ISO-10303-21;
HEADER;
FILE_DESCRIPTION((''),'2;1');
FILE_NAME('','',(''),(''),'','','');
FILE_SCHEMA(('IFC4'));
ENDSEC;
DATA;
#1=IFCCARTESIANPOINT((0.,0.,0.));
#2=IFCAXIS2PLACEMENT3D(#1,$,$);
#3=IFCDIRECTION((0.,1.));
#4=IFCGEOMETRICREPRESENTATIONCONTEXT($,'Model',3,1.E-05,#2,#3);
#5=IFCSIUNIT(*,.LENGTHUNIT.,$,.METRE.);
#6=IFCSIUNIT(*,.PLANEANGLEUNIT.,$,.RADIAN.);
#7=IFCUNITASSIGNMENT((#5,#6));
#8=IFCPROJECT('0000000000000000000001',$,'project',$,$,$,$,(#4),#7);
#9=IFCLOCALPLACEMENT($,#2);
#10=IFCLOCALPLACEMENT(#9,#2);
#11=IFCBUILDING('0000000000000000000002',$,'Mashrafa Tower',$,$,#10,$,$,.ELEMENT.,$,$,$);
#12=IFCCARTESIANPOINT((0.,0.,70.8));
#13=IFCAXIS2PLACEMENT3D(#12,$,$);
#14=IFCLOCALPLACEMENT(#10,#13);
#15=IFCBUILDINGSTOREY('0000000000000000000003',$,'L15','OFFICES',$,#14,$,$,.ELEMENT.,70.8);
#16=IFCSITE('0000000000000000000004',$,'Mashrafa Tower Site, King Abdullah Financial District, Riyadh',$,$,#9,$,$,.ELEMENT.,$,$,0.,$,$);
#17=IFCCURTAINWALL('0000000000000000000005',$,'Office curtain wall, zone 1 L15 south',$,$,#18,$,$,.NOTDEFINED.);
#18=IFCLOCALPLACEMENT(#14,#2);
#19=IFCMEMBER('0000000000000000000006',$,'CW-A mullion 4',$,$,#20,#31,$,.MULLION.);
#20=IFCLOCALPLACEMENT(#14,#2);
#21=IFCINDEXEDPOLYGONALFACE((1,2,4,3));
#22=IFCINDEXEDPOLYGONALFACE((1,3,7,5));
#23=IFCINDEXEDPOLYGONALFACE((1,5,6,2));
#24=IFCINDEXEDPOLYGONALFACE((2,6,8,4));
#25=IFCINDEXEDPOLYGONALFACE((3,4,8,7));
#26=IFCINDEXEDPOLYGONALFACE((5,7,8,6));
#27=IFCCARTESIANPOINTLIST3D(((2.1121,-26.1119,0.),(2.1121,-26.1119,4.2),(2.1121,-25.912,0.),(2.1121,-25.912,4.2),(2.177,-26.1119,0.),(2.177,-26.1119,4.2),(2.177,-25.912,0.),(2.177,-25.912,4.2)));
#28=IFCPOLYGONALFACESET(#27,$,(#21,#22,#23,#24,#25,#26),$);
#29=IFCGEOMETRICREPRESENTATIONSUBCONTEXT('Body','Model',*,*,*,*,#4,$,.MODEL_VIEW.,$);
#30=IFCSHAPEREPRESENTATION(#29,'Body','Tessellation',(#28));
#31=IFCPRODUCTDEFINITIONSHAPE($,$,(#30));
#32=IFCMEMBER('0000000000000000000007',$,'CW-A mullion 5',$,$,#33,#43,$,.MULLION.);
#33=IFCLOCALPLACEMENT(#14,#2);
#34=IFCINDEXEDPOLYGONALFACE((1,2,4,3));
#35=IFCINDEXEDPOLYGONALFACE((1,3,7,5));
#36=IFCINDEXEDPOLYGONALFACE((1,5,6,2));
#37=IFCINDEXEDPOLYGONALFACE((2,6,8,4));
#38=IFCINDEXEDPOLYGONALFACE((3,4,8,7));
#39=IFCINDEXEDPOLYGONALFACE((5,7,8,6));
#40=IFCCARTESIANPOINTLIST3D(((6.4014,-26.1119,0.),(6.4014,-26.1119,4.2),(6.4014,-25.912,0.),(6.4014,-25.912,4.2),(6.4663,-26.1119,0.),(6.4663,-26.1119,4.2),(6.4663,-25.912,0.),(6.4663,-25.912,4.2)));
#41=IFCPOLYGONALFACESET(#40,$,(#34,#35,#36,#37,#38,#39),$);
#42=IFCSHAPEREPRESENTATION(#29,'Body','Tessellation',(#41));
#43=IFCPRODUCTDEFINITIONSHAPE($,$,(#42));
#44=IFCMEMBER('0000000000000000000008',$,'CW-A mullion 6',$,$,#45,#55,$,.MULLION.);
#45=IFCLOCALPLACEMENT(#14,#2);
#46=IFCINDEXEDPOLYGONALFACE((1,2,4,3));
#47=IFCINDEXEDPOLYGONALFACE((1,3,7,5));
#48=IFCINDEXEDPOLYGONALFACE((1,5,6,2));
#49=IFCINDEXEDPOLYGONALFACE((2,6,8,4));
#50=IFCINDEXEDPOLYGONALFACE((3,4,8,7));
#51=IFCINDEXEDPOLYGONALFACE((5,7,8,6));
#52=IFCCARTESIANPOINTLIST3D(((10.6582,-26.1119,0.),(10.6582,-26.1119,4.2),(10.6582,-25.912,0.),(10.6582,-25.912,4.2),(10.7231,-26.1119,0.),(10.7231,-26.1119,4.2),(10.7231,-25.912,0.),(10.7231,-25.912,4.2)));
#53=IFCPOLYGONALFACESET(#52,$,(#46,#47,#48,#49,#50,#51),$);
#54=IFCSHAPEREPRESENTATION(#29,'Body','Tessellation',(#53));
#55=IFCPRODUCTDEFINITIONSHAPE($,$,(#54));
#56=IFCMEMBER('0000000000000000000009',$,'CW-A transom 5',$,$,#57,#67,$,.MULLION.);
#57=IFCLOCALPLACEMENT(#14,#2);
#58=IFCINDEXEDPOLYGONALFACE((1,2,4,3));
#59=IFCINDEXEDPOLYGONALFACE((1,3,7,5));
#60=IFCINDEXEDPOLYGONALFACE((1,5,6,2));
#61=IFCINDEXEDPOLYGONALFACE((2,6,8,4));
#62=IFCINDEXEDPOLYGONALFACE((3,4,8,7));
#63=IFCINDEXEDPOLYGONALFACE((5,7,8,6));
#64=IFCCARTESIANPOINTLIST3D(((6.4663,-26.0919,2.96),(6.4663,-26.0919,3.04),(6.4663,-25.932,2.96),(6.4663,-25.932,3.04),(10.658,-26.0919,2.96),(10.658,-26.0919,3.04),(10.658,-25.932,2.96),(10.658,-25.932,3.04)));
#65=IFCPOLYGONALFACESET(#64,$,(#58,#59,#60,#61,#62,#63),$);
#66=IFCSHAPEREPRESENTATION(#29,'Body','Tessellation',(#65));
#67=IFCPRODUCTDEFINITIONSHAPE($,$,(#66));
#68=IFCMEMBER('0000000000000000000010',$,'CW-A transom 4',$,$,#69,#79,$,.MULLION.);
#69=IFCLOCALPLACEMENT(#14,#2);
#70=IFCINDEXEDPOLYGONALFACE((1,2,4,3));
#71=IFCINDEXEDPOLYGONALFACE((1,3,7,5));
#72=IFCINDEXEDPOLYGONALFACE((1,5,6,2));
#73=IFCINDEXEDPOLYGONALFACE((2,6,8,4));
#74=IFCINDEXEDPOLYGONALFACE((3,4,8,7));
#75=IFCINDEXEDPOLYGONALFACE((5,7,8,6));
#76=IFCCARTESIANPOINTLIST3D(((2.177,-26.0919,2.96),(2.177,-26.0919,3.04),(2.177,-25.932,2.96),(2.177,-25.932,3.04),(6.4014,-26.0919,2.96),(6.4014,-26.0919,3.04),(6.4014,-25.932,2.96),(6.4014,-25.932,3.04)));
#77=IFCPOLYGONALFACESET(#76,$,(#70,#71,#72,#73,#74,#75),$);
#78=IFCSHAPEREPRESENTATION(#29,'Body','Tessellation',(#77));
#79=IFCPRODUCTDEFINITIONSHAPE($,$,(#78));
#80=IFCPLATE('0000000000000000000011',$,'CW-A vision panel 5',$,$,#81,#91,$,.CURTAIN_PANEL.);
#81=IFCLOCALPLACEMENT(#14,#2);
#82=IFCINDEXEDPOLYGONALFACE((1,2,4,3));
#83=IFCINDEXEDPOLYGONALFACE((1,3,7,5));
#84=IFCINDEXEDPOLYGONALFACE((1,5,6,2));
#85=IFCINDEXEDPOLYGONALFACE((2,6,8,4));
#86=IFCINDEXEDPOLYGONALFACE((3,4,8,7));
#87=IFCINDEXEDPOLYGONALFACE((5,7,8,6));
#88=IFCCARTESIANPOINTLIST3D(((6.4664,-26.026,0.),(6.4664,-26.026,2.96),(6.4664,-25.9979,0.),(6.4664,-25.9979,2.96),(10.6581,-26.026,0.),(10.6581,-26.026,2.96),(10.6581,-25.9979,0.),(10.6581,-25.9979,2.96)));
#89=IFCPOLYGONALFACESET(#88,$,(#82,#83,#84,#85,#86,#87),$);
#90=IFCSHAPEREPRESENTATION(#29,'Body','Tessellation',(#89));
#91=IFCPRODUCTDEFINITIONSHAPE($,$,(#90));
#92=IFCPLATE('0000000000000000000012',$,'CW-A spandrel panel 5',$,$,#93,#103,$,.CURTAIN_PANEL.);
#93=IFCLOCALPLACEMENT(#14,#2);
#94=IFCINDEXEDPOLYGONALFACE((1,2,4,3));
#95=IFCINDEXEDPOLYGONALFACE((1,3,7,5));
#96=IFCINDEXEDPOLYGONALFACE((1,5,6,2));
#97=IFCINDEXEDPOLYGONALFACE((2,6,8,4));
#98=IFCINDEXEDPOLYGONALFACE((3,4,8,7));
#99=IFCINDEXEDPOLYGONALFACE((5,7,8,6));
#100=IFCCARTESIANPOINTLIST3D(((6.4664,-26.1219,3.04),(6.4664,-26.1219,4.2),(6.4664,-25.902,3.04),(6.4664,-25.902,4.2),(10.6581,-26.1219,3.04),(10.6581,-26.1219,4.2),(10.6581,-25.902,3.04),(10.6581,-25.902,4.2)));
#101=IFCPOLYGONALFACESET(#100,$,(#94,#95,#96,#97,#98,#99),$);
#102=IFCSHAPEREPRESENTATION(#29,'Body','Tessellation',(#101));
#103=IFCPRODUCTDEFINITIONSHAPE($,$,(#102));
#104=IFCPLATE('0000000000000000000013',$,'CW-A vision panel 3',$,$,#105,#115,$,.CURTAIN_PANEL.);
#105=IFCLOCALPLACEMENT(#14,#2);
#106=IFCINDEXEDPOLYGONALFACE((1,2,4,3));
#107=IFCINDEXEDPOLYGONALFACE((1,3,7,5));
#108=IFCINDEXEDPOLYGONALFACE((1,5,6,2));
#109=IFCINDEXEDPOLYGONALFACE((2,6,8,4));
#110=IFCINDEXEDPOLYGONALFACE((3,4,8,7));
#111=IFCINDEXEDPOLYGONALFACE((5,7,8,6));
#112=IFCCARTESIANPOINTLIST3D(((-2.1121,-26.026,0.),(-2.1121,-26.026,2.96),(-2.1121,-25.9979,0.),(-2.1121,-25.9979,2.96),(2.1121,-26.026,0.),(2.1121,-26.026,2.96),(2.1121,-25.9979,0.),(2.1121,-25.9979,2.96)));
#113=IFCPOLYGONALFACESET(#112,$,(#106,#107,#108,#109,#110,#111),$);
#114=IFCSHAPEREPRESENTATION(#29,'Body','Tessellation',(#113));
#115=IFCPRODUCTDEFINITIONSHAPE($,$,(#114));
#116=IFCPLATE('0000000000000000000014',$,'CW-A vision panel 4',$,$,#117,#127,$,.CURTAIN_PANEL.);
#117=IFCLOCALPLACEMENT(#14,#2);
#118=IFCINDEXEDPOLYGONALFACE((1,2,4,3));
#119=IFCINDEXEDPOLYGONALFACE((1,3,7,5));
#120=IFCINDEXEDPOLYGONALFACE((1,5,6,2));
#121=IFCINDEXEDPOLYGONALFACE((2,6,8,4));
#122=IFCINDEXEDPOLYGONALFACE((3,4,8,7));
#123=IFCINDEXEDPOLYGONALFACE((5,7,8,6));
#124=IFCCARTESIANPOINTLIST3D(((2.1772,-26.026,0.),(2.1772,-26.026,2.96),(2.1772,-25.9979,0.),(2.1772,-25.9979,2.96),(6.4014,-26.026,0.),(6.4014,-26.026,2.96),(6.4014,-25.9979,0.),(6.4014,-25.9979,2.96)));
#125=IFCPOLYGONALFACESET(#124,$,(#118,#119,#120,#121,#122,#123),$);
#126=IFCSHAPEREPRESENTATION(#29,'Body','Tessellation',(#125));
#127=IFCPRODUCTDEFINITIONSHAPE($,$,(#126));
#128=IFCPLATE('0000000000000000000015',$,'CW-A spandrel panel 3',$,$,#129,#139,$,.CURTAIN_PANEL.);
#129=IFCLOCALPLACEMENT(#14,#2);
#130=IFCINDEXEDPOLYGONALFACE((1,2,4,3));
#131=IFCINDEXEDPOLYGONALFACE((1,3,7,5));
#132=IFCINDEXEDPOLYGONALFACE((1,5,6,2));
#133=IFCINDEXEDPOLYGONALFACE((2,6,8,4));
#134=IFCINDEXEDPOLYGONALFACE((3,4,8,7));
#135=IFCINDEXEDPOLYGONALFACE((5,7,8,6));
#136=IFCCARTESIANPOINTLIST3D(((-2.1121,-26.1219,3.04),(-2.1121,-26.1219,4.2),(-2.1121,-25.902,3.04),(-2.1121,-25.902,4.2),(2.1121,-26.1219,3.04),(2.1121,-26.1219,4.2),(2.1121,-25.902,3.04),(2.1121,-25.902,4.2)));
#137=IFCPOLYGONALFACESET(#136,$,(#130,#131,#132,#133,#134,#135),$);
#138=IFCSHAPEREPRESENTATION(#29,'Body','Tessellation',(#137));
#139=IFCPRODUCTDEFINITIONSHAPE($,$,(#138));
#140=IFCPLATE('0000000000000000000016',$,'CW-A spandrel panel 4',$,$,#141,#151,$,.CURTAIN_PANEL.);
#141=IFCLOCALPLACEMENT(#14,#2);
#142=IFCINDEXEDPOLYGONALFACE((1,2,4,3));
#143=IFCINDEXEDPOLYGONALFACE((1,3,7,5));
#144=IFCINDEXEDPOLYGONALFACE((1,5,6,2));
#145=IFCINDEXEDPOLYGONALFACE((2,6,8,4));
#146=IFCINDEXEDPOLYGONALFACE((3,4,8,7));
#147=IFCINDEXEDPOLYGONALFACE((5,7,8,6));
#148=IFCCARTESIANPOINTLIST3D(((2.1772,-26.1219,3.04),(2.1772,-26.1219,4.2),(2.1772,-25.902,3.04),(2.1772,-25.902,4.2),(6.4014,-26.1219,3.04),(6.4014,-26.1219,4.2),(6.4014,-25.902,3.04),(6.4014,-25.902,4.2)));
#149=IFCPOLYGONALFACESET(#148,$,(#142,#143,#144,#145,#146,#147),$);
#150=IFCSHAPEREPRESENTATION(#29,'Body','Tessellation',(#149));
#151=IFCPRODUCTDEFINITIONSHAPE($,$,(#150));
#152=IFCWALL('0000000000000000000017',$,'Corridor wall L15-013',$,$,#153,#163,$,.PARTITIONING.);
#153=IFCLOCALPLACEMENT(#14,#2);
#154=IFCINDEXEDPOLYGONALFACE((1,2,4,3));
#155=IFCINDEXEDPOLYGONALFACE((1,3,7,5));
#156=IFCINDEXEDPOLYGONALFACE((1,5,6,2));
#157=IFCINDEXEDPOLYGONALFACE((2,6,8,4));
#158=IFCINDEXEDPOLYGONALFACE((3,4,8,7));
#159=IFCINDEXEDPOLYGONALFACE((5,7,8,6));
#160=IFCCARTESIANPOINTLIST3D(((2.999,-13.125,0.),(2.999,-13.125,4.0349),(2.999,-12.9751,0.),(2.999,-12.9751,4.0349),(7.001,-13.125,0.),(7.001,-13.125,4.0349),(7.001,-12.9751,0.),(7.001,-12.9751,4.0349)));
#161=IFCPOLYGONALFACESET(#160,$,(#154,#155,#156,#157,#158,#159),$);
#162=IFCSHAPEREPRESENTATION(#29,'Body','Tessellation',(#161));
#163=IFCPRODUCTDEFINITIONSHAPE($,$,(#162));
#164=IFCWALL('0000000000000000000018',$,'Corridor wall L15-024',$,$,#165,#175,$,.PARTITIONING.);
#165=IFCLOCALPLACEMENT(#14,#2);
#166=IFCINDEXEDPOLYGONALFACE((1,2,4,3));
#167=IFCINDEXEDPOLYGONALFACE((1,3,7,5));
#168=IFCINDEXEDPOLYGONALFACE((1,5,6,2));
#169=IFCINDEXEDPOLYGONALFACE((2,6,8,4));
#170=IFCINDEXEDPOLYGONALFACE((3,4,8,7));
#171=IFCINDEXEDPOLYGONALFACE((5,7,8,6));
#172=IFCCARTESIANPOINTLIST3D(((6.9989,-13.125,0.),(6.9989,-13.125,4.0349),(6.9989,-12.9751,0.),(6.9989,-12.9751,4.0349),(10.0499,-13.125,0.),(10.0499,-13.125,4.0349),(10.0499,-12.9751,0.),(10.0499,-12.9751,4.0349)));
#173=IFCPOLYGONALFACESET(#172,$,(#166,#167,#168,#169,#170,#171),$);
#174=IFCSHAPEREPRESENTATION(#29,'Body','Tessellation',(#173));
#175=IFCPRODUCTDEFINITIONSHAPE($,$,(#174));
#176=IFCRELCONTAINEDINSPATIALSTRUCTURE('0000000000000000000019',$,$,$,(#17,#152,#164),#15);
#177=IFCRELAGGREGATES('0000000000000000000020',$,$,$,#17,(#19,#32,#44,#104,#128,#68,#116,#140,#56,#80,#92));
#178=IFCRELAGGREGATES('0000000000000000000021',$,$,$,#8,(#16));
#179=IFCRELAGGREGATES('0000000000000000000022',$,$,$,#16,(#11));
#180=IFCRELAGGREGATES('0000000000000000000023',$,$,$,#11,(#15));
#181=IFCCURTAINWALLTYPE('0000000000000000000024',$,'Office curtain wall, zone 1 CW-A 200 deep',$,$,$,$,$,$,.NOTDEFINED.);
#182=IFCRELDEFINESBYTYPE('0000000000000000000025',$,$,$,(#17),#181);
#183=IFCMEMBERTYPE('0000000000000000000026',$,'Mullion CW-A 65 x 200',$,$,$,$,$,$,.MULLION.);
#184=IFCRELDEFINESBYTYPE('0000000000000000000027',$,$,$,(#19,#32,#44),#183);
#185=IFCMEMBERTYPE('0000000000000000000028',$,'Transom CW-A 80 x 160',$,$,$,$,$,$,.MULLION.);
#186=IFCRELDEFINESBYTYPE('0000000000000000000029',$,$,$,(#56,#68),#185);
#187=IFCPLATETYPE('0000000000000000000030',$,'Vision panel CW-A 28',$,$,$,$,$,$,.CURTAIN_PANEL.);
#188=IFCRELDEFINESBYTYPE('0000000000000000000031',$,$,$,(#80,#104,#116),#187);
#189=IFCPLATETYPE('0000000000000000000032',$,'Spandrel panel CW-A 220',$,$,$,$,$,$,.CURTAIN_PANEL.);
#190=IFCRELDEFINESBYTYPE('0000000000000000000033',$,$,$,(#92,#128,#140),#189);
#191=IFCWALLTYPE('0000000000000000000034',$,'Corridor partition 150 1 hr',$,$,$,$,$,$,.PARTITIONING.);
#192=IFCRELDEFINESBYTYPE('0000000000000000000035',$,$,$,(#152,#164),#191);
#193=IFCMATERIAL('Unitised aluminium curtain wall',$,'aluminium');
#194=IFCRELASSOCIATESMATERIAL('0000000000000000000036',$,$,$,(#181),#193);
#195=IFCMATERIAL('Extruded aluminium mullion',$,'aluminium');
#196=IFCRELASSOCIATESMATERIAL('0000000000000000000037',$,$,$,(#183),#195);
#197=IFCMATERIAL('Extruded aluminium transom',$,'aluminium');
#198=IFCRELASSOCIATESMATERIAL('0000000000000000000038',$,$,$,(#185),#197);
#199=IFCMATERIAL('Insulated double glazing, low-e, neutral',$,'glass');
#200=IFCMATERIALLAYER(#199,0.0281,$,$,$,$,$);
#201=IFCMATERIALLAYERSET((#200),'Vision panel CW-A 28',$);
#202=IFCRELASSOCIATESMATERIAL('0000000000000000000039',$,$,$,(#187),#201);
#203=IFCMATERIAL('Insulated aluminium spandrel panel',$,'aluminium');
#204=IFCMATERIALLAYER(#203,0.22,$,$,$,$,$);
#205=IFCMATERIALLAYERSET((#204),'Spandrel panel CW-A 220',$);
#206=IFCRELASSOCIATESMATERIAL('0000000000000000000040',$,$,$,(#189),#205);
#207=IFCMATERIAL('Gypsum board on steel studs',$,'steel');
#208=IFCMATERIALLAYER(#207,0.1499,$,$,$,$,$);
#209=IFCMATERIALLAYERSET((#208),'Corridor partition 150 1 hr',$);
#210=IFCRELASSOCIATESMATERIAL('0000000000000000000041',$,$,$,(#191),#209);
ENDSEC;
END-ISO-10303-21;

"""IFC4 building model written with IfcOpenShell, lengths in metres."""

from ifc_helpers import new_model, si_unit, direction, frame, frame_2d, origin, origin_2d, place, context, subcontext, project, spatial, rectangle, extrude, source, transform, mapped, material, layer, layer_set, material_profile, profile_set, type_object, type_shapes, element, aggregate, save


model = new_model("IFC4")

# Units and contexts
model_context = context("Model", 3, precision=1e-05, world=origin(), true_north=direction((0.0, 1.0)))
body_context = subcontext(model_context, "Body", "Model", "MODEL_VIEW")
ifc_project = project(units=[si_unit("LENGTHUNIT", "METRE"), si_unit("PLANEANGLEUNIT", "RADIAN")], contexts=[model_context])

# Site, building, storey
site_placement = place(None, origin())
site = spatial("IfcSite", under=ifc_project, at=site_placement, Name="Mashrafa Tower Site, King Abdullah Financial District, Riyadh", CompositionType="ELEMENT", RefElevation=0.0)
building_placement = place(site_placement, origin())
building = spatial("IfcBuilding", under=site, at=building_placement, Name="Mashrafa Tower", CompositionType="ELEMENT")
storey_placement = place(building_placement, frame((0.0, 0.0, 70.8)))
storey = spatial("IfcBuildingStorey", under=building, at=storey_placement, Name="L15", Description="OFFICES", CompositionType="ELEMENT", Elevation=70.8)

# Curtain wall, members, plates
ifc_material_1 = material(Name="Unitised aluminium curtain wall", Category="aluminium")
curtain_wall_type = type_object("IfcCurtainWallType", Name="Office curtain wall, zone 1 CW-A 200 deep", PredefinedType="NOTDEFINED", material=ifc_material_1)
curtain_wall_placement = place(storey_placement, origin())
curtain_wall = element("IfcCurtainWall", 1, at=curtain_wall_placement, inside=storey, type_object=curtain_wall_type, Name="Office curtain wall, zone 1 L15 south", PredefinedType="NOTDEFINED")
ifc_material_2 = material(Name="Extruded aluminium mullion", Category="aluminium")
ifc_material_profile_1 = material_profile(ifc_material_2, rectangle(XDim=0.2, YDim=0.0649, at=origin_2d()), Name="Mullion 65x200")
ifc_profile_set_1 = profile_set([ifc_material_profile_1], Name="Extruded aluminium mullion")
member_type_1 = type_object("IfcMemberType", Name="Mullion CW-A 65 x 200", PredefinedType="MULLION", material=ifc_profile_set_1)
shared_shape_1 = source(origin(), body_context, "Body", "SweptSolid", [
    extrude(rectangle(XDim=0.2, YDim=0.0649, at=origin_2d()), origin(), (0.0, 0.0, 1.0), 4.2),
])
type_shapes(member_type_1, [shared_shape_1])
member_1_placement = place(storey_placement, frame((2.1445, -26.012, 0.0), z_axis=(0.0, 0.0, 1.0), x_axis=(0.0, 1.0, 0.0)))
member_1 = element("IfcMember", 2, at=member_1_placement, type_object=member_type_1, Name="CW-A mullion 4", PredefinedType="MULLION", context=body_context, shape_type="MappedRepresentation", body=[
    mapped(shared_shape_1, transform((0.0, 0.0, 0.0))),
])
member_2_placement = place(storey_placement, frame((6.4338, -26.012, 0.0), z_axis=(0.0, 0.0, 1.0), x_axis=(0.0, 1.0, 0.0)))
member_2 = element("IfcMember", 3, at=member_2_placement, type_object=member_type_1, Name="CW-A mullion 5", PredefinedType="MULLION", context=body_context, shape_type="MappedRepresentation", body=[
    mapped(shared_shape_1, transform((0.0, 0.0, 0.0))),
])
member_3_placement = place(storey_placement, frame((10.6907, -26.012, 0.0), z_axis=(0.0, 0.0, 1.0), x_axis=(0.0, 1.0, 0.0)))
member_3 = element("IfcMember", 4, at=member_3_placement, type_object=member_type_1, Name="CW-A mullion 6", PredefinedType="MULLION", context=body_context, shape_type="MappedRepresentation", body=[
    mapped(shared_shape_1, transform((0.0, 0.0, 0.0))),
])
ifc_material_3 = material(Name="Extruded aluminium transom", Category="aluminium")
ifc_material_profile_2 = material_profile(ifc_material_3, rectangle(XDim=0.1599, YDim=0.0801, at=origin_2d()), Name="Transom 80x160")
ifc_profile_set_2 = profile_set([ifc_material_profile_2], Name="Extruded aluminium transom")
member_type_2 = type_object("IfcMemberType", Name="Transom CW-A 80 x 160", PredefinedType="MULLION", material=ifc_profile_set_2)
shared_shape_2 = source(origin(), body_context, "Body", "SweptSolid", [
    extrude(rectangle(XDim=0.1599, YDim=0.0801, at=origin_2d()), origin(), (0.0, 0.0, 1.0), 4.1917),
])
member_4_placement = place(storey_placement, frame((6.4663, -26.012, 3.0), z_axis=(1.0, 0.0, 0.0), x_axis=(0.0, 1.0, 0.0)))
member_4 = element("IfcMember", 5, at=member_4_placement, type_object=member_type_2, Name="CW-A transom 5", PredefinedType="MULLION", context=body_context, shape_type="MappedRepresentation", body=[
    mapped(shared_shape_2, transform((0.0, 0.0, 0.0))),
])
shared_shape_3 = source(origin(), body_context, "Body", "SweptSolid", [
    extrude(rectangle(XDim=0.1599, YDim=0.0801, at=origin_2d()), origin(), (0.0, 0.0, 1.0), 4.2244),
])
type_shapes(member_type_2, [shared_shape_2, shared_shape_3])
member_5_placement = place(storey_placement, frame((2.177, -26.012, 3.0), z_axis=(1.0, 0.0, 0.0), x_axis=(0.0, 1.0, 0.0)))
member_5 = element("IfcMember", 6, at=member_5_placement, type_object=member_type_2, Name="CW-A transom 4", PredefinedType="MULLION", context=body_context, shape_type="MappedRepresentation", body=[
    mapped(shared_shape_3, transform((0.0, 0.0, 0.0))),
])
ifc_material_4 = material(Name="Insulated double glazing, low-e, neutral", Category="glass")
ifc_layer_1 = layer(ifc_material_4, 0.0281)
ifc_layer_set_1 = layer_set([ifc_layer_1], Name="Vision panel CW-A 28")
plate_type_1 = type_object("IfcPlateType", Name="Vision panel CW-A 28", PredefinedType="CURTAIN_PANEL", material=ifc_layer_set_1)
shared_shape_4 = source(origin(), body_context, "Body", "SweptSolid", [
    extrude(rectangle(XDim=4.1917, YDim=0.0281, at=origin_2d()), origin(), (0.0, 0.0, 1.0), 2.96),
])
plate_1_placement = place(storey_placement, frame((8.5623, -26.012, 0.0), z_axis=(0.0, 0.0, 1.0), x_axis=(1.0, 0.0, 0.0)))
plate_1 = element("IfcPlate", 7, at=plate_1_placement, type_object=plate_type_1, Name="CW-A vision panel 5", PredefinedType="CURTAIN_PANEL", context=body_context, shape_type="MappedRepresentation", body=[
    mapped(shared_shape_4, transform((0.0, 0.0, 0.0))),
])
ifc_material_5 = material(Name="Insulated aluminium spandrel panel", Category="aluminium")
ifc_layer_2 = layer(ifc_material_5, 0.22)
ifc_layer_set_2 = layer_set([ifc_layer_2], Name="Spandrel panel CW-A 220")
plate_type_2 = type_object("IfcPlateType", Name="Spandrel panel CW-A 220", PredefinedType="CURTAIN_PANEL", material=ifc_layer_set_2)
shared_shape_5 = source(origin(), body_context, "Body", "SweptSolid", [
    extrude(rectangle(XDim=4.1917, YDim=0.22, at=origin_2d()), origin(), (0.0, 0.0, 1.0), 1.1599),
])
plate_2_placement = place(storey_placement, frame((8.5623, -26.012, 3.04), z_axis=(0.0, 0.0, 1.0), x_axis=(1.0, 0.0, 0.0)))
plate_2 = element("IfcPlate", 8, at=plate_2_placement, type_object=plate_type_2, Name="CW-A spandrel panel 5", PredefinedType="CURTAIN_PANEL", context=body_context, shape_type="MappedRepresentation", body=[
    mapped(shared_shape_5, transform((0.0, 0.0, 0.0))),
])
shared_shape_6 = source(origin(), body_context, "Body", "SweptSolid", [
    extrude(rectangle(XDim=4.2241, YDim=0.0281, at=origin_2d()), origin(), (0.0, 0.0, 1.0), 2.96),
])
type_shapes(plate_type_1, [shared_shape_4, shared_shape_6])
plate_3_placement = place(storey_placement, frame((0.0, -26.012, 0.0), z_axis=(0.0, 0.0, 1.0), x_axis=(1.0, 0.0, 0.0)))
plate_3 = element("IfcPlate", 9, at=plate_3_placement, type_object=plate_type_1, Name="CW-A vision panel 3", PredefinedType="CURTAIN_PANEL", context=body_context, shape_type="MappedRepresentation", body=[
    mapped(shared_shape_6, transform((0.0, 0.0, 0.0))),
])
plate_4_placement = place(storey_placement, frame((4.2893, -26.012, 0.0), z_axis=(0.0, 0.0, 1.0), x_axis=(1.0, 0.0, 0.0)))
plate_4 = element("IfcPlate", 10, at=plate_4_placement, type_object=plate_type_1, Name="CW-A vision panel 4", PredefinedType="CURTAIN_PANEL", context=body_context, shape_type="MappedRepresentation", body=[
    mapped(shared_shape_6, transform((0.0, 0.0, 0.0))),
])
shared_shape_7 = source(origin(), body_context, "Body", "SweptSolid", [
    extrude(rectangle(XDim=4.2241, YDim=0.22, at=origin_2d()), origin(), (0.0, 0.0, 1.0), 1.1599),
])
type_shapes(plate_type_2, [shared_shape_5, shared_shape_7])
plate_5_placement = place(storey_placement, frame((0.0, -26.012, 3.04), z_axis=(0.0, 0.0, 1.0), x_axis=(1.0, 0.0, 0.0)))
plate_5 = element("IfcPlate", 11, at=plate_5_placement, type_object=plate_type_2, Name="CW-A spandrel panel 3", PredefinedType="CURTAIN_PANEL", context=body_context, shape_type="MappedRepresentation", body=[
    mapped(shared_shape_7, transform((0.0, 0.0, 0.0))),
])
plate_6_placement = place(storey_placement, frame((4.2893, -26.012, 3.04), z_axis=(0.0, 0.0, 1.0), x_axis=(1.0, 0.0, 0.0)))
plate_6 = element("IfcPlate", 12, at=plate_6_placement, type_object=plate_type_2, Name="CW-A spandrel panel 4", PredefinedType="CURTAIN_PANEL", context=body_context, shape_type="MappedRepresentation", body=[
    mapped(shared_shape_7, transform((0.0, 0.0, 0.0))),
])
aggregate(curtain_wall, [member_1, member_2, member_3, plate_3, plate_5, member_5, plate_4, plate_6, member_4, plate_1, plate_2])

# Walls
ifc_material_6 = material(Name="Gypsum board on steel studs", Category="steel")
ifc_layer_3 = layer(ifc_material_6, 0.1499)
ifc_layer_set_3 = layer_set([ifc_layer_3], Name="Corridor partition 150 1 hr")
wall_type_1 = type_object("IfcWallType", Name="Corridor partition 150 1 hr", PredefinedType="PARTITIONING", material=ifc_layer_set_3)
wall_1_placement = place(storey_placement, frame((2.999, -13.05, 0.0), z_axis=(0.0, 0.0, 1.0), x_axis=(1.0, 0.0, 0.0)))
element("IfcWall", 13, at=wall_1_placement, inside=storey, type_object=wall_type_1, Name="Corridor wall L15-013", PredefinedType="PARTITIONING", context=body_context, shape_type="SweptSolid", body=[
    extrude(rectangle(XDim=4.002, YDim=0.1499, at=frame_2d((2.001, 0.0))), origin(), (0.0, 0.0, 1.0), 4.0349),
])
wall_2_placement = place(storey_placement, frame((6.999, -13.05, 0.0), z_axis=(0.0, 0.0, 1.0), x_axis=(1.0, 0.0, 0.0)))
element("IfcWall", 14, at=wall_2_placement, inside=storey, type_object=wall_type_1, Name="Corridor wall L15-024", PredefinedType="PARTITIONING", context=body_context, shape_type="SweptSolid", body=[
    extrude(rectangle(XDim=3.051, YDim=0.1499, at=frame_2d((1.5254, 0.0))), origin(), (0.0, 0.0, 1.0), 4.0349),
])

save(model, "model.ifc")
